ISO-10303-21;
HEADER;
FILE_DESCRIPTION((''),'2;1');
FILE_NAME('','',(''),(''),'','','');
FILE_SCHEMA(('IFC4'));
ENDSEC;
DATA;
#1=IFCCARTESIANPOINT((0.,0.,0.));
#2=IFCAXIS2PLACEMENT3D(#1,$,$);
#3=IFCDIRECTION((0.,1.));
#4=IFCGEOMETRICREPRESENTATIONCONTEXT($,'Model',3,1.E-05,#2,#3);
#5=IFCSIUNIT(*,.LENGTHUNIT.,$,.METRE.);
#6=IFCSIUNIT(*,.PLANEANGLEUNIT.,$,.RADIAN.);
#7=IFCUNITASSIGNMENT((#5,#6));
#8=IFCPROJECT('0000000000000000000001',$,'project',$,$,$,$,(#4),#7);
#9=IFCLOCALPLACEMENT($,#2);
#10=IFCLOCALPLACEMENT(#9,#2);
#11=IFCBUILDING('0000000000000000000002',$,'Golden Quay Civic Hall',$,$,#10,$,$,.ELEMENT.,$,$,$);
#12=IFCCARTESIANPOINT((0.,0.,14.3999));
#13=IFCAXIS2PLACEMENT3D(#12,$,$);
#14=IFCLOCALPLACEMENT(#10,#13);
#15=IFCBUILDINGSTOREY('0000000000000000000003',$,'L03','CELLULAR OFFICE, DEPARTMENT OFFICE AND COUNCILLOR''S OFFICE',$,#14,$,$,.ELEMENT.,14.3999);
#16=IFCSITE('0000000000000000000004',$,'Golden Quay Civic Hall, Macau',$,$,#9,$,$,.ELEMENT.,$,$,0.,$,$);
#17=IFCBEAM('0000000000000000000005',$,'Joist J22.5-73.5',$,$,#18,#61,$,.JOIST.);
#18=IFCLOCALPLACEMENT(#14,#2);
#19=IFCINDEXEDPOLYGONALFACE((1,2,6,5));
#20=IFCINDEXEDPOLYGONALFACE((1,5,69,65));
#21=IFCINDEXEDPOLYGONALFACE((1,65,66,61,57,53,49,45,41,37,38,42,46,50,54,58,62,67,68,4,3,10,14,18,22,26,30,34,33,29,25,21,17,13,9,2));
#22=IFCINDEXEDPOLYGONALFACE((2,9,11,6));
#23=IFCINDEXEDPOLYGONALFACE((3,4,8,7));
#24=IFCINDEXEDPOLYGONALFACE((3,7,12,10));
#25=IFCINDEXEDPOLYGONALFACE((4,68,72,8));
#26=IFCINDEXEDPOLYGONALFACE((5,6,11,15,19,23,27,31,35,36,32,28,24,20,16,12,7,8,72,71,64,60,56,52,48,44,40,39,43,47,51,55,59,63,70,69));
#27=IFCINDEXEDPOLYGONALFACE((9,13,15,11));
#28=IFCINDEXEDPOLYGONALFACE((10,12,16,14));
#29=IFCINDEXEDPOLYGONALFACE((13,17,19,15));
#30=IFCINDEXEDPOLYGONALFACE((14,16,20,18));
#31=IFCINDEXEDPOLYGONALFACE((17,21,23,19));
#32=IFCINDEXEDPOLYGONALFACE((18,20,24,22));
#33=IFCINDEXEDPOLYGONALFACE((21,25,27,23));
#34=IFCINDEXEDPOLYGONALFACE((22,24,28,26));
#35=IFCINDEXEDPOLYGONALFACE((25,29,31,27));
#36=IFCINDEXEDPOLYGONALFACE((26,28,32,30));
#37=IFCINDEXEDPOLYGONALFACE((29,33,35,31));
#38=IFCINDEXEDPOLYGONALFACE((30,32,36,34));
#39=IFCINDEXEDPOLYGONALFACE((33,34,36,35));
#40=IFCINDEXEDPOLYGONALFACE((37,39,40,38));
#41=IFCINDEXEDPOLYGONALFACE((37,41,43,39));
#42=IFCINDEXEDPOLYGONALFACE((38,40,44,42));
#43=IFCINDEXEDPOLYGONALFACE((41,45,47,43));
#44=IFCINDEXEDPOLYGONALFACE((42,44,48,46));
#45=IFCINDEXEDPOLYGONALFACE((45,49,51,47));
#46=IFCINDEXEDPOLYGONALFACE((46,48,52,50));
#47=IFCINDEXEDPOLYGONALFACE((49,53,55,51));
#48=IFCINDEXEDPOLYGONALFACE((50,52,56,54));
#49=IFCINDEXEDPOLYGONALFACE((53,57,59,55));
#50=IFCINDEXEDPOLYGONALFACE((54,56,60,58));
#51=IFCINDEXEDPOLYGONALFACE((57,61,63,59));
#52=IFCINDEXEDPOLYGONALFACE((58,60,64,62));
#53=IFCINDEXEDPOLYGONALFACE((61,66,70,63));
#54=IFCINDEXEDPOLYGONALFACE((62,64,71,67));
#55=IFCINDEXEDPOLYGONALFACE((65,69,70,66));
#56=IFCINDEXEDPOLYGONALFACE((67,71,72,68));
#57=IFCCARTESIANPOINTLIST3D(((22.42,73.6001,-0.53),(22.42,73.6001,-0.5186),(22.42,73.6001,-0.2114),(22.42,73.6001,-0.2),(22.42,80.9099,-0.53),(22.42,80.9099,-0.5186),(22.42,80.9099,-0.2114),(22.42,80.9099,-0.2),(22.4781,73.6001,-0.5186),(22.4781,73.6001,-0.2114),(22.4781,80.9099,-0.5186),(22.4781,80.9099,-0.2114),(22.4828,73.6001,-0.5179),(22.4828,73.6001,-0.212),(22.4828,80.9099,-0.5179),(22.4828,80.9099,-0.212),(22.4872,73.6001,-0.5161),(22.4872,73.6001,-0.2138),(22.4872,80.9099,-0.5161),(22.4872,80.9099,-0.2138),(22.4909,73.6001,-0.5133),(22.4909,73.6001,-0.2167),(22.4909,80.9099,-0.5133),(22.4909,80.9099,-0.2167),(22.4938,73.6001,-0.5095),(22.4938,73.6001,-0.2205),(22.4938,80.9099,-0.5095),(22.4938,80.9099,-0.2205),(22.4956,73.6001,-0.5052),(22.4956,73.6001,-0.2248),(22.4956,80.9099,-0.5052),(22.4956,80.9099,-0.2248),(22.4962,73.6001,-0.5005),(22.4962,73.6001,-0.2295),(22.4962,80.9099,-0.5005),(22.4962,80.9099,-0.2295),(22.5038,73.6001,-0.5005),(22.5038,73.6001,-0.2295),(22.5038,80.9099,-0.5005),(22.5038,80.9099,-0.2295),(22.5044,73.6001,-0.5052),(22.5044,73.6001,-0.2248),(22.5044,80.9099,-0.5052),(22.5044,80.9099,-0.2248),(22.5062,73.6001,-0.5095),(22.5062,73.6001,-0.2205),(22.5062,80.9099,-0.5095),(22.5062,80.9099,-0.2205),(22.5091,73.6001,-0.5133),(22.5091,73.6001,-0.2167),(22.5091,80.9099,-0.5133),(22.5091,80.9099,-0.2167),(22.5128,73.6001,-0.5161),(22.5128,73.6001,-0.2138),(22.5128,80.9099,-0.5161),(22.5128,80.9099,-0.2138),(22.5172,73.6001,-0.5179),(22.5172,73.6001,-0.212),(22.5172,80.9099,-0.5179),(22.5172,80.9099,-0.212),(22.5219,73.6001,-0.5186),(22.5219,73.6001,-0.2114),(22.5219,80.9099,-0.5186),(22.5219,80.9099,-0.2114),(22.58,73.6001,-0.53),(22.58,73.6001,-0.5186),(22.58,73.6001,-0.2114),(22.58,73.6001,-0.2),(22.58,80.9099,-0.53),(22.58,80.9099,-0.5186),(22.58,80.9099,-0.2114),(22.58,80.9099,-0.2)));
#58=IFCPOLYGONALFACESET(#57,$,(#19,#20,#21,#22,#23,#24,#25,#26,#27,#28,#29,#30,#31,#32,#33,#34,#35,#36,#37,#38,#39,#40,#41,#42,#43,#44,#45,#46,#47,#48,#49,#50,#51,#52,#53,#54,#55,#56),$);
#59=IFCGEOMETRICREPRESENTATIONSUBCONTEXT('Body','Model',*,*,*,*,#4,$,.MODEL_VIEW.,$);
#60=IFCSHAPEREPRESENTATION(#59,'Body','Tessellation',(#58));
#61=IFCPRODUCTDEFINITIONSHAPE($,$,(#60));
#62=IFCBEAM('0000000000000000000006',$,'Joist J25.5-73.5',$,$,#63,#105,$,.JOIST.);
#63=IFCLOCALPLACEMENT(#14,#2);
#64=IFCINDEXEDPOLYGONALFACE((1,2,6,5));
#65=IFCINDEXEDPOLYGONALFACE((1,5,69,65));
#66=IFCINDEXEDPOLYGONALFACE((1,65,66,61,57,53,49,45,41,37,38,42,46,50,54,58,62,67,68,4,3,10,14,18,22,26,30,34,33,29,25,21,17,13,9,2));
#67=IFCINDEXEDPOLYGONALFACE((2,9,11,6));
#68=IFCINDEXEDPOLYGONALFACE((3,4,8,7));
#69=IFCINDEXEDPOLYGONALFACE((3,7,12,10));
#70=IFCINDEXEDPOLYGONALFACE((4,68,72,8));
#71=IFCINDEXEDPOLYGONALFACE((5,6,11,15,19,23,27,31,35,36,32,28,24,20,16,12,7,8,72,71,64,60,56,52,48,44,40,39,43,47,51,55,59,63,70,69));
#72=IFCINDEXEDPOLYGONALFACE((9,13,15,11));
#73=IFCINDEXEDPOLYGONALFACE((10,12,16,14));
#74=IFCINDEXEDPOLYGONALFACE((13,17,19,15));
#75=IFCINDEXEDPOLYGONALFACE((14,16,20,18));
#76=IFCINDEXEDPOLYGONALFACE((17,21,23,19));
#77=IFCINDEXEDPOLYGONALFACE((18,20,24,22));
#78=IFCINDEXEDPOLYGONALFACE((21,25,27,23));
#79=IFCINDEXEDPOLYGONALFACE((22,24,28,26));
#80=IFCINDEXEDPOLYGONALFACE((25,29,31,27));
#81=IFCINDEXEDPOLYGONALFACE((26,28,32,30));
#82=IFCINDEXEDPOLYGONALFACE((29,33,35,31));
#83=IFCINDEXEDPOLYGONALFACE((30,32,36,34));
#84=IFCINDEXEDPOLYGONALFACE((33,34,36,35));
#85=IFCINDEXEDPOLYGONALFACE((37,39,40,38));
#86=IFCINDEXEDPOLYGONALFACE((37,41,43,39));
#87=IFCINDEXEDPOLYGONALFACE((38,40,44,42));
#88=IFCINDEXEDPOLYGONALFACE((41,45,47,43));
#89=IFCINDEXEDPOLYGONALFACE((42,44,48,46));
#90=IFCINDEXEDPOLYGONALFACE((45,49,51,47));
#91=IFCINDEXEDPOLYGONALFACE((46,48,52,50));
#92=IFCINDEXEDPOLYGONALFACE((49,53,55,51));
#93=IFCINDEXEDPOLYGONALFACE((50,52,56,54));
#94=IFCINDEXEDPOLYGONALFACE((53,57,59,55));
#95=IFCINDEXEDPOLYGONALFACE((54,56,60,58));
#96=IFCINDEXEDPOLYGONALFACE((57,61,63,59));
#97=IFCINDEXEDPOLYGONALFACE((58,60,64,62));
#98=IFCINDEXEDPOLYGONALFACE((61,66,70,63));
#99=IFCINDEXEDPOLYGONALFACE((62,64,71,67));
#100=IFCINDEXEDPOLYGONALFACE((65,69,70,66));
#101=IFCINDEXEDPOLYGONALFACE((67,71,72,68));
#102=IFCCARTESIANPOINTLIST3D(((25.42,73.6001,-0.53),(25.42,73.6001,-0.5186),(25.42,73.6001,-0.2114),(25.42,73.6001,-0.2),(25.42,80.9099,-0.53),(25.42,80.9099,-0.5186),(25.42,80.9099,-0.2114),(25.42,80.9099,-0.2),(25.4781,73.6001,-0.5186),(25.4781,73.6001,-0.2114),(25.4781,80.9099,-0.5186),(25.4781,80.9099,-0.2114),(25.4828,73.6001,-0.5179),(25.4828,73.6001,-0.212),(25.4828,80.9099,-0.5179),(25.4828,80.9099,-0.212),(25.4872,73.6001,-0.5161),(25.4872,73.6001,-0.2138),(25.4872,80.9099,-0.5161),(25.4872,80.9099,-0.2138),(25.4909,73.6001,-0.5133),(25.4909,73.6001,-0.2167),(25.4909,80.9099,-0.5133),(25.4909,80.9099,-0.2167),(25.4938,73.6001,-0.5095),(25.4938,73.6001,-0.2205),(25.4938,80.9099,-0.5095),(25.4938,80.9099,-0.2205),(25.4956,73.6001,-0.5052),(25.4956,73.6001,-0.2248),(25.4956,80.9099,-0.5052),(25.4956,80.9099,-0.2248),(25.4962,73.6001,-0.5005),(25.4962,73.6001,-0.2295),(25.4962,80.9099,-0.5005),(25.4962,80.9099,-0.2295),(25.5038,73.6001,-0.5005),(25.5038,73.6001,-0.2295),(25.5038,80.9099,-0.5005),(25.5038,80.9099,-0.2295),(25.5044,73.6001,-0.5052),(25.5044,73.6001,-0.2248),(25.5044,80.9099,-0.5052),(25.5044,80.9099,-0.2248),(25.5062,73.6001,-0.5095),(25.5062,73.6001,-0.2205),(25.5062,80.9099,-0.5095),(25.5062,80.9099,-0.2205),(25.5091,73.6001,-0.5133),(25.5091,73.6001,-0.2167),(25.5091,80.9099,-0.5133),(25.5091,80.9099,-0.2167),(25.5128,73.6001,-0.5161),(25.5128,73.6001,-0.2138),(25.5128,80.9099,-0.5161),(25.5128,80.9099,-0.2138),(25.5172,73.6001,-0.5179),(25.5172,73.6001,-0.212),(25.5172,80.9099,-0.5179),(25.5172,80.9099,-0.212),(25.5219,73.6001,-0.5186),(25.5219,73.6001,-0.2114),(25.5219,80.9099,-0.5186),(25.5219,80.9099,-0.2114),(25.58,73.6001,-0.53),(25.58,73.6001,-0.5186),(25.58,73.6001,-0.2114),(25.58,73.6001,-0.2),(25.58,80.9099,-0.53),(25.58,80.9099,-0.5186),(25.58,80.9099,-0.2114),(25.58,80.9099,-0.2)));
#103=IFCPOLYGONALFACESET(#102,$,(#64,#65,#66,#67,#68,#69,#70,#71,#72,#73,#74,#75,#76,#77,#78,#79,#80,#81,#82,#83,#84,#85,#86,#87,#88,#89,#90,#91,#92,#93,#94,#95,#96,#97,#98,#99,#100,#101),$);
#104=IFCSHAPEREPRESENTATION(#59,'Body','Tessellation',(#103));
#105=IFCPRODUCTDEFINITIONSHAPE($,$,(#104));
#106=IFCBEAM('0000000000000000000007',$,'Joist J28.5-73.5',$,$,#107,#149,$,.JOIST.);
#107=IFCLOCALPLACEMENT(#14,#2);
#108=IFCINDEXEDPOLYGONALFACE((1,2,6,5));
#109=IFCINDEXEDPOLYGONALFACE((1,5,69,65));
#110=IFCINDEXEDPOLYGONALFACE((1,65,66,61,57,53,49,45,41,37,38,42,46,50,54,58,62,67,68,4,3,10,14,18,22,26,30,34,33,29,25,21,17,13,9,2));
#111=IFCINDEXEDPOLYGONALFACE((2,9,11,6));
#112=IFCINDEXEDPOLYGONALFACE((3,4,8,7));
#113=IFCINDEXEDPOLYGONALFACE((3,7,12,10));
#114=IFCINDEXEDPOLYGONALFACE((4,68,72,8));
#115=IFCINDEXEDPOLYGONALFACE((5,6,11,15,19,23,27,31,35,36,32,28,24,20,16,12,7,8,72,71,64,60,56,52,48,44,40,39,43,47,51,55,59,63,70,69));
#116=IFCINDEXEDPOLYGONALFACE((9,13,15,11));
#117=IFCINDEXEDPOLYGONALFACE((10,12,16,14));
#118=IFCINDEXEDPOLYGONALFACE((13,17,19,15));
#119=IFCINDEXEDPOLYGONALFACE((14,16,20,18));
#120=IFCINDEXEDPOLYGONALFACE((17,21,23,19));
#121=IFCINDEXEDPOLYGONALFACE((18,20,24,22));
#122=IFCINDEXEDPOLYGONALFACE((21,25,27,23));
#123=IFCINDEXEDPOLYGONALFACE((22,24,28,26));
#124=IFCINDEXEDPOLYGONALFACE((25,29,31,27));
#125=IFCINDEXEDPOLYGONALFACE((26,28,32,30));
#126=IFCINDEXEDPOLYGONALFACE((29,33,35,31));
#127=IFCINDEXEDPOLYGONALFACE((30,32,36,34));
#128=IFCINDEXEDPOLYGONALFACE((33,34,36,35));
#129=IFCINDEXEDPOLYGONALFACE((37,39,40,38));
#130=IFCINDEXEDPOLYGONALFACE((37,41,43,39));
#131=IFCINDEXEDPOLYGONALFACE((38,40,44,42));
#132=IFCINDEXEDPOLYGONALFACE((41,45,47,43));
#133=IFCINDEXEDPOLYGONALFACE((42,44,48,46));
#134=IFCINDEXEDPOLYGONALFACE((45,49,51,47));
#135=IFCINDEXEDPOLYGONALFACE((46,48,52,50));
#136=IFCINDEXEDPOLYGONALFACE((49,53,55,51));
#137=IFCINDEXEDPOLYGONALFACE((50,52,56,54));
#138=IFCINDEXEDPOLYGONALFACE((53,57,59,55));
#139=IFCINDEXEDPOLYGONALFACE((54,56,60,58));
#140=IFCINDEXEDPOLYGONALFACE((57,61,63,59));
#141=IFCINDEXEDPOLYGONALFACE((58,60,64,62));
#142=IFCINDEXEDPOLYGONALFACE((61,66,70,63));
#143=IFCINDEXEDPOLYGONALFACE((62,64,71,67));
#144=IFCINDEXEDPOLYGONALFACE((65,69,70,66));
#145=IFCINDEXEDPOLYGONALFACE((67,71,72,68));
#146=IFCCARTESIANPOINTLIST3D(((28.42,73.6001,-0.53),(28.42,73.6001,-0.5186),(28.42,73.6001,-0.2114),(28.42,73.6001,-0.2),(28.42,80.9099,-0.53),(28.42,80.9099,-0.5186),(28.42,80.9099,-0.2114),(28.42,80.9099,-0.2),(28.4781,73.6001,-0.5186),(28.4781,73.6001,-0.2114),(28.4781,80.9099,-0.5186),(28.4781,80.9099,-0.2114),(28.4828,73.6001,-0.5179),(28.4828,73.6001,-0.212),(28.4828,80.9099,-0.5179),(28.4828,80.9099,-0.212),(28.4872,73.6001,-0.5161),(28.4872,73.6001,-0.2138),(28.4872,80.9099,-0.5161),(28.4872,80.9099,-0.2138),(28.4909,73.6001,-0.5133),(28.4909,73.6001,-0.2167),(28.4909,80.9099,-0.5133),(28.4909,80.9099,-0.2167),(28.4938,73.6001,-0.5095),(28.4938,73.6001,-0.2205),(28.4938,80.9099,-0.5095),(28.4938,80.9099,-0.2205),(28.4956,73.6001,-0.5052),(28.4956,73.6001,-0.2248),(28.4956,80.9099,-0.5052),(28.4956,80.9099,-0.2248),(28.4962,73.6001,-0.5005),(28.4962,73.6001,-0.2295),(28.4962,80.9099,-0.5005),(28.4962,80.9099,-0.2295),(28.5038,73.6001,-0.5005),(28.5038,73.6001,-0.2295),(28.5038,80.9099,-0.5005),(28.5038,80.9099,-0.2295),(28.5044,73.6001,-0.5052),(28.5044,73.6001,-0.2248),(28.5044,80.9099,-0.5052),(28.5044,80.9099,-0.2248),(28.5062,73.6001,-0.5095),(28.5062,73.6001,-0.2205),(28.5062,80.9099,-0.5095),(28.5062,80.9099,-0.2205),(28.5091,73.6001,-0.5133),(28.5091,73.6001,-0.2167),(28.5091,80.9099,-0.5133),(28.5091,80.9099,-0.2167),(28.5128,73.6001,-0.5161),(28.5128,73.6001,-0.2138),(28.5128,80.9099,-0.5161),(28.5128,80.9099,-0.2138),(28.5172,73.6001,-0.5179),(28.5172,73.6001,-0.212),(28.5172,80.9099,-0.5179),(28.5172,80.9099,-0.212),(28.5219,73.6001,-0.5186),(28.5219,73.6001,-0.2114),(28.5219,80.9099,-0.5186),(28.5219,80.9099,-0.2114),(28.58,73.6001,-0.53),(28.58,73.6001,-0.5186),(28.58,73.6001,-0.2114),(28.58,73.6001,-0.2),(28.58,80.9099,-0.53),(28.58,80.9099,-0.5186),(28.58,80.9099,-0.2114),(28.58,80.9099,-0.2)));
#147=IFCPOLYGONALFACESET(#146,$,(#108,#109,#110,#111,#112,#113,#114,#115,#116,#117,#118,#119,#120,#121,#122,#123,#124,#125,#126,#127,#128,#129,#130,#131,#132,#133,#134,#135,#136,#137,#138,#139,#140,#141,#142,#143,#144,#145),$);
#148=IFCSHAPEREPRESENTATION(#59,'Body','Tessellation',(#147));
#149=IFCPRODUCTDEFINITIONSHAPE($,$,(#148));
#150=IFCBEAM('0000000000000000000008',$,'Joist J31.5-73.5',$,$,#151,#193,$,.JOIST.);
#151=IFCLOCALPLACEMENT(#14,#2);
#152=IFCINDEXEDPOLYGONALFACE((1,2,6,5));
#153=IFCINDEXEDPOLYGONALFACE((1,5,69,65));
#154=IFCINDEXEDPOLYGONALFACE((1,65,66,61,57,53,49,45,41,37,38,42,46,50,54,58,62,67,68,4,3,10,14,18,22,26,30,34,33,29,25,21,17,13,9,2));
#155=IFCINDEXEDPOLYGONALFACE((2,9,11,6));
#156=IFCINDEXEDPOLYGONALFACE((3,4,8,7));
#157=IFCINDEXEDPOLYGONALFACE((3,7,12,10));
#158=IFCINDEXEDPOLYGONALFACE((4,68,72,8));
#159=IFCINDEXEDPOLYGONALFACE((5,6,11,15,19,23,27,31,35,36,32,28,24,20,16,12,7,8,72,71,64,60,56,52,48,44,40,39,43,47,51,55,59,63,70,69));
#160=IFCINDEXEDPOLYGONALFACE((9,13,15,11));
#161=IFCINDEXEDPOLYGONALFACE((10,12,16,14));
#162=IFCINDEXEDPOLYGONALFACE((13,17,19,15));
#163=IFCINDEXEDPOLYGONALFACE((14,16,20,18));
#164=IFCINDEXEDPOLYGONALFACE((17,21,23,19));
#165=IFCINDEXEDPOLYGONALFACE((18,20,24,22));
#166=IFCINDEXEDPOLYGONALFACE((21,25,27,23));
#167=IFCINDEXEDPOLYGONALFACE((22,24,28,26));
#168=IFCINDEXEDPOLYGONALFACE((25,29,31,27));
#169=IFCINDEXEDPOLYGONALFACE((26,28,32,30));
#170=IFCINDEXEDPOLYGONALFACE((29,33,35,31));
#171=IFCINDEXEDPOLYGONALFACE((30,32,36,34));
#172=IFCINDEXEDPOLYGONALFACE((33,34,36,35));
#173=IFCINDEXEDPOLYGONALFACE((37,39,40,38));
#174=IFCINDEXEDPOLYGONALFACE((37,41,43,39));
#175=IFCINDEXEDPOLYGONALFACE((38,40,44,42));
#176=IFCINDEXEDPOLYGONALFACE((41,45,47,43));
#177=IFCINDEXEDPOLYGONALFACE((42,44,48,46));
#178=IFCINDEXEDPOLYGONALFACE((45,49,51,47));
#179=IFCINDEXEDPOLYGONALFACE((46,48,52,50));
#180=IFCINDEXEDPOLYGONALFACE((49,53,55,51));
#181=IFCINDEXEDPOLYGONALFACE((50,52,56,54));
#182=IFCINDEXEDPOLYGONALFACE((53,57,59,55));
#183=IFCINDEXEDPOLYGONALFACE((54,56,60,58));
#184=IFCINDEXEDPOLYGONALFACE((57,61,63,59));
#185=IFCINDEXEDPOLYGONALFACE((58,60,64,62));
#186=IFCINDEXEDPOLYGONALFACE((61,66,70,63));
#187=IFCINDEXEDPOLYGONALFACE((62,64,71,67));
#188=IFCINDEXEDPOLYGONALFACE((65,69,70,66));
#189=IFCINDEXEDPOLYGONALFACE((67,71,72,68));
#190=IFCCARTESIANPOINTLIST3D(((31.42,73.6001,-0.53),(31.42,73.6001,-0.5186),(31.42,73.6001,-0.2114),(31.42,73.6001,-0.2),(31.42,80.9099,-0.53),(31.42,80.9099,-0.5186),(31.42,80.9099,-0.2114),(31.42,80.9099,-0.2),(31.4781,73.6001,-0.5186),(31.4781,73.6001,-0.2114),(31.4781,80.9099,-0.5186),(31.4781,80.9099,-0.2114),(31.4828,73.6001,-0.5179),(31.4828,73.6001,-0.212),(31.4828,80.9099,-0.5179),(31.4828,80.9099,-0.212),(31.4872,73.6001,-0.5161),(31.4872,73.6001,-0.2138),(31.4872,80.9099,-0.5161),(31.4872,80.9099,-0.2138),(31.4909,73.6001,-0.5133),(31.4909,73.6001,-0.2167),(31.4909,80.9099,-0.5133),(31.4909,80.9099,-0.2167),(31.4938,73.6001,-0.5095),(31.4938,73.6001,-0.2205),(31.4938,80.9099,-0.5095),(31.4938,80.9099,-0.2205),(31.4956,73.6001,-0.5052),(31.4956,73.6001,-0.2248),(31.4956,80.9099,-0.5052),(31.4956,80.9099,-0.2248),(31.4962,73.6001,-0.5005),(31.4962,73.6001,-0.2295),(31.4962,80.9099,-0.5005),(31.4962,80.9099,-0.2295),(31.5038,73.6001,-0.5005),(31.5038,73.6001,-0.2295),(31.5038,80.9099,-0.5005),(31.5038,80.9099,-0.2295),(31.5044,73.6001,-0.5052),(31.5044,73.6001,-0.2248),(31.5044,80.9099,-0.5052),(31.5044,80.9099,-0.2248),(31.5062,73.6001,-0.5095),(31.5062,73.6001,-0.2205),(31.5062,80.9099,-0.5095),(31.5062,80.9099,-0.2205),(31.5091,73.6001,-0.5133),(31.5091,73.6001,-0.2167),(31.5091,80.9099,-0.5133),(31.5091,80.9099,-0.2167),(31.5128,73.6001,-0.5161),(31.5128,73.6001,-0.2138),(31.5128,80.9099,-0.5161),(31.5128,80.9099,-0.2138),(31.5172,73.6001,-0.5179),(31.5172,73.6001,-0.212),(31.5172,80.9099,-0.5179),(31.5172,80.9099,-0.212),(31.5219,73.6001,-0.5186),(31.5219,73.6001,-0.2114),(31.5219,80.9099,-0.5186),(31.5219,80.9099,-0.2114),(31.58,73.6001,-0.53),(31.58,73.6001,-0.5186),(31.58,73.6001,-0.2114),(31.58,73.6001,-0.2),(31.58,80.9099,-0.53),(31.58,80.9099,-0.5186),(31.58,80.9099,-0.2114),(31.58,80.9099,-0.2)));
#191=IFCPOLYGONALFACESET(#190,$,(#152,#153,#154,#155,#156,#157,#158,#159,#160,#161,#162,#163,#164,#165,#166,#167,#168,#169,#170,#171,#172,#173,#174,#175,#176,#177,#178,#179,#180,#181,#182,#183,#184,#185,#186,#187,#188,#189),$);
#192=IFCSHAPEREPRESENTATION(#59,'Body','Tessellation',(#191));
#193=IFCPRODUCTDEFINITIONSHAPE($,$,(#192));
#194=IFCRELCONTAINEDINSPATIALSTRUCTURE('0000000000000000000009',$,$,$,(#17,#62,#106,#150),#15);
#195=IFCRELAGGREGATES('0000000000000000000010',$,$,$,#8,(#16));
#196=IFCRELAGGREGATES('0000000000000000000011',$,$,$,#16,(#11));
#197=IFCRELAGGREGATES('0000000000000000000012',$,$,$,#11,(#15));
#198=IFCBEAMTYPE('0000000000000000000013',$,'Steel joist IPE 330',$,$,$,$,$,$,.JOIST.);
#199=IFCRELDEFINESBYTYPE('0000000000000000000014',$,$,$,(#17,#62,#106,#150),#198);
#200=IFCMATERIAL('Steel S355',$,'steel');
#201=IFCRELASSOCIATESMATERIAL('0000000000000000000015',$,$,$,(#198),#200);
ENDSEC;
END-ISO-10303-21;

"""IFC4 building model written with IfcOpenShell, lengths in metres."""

from ifc_helpers import new_model, si_unit, direction, frame, origin, origin_2d, place, context, subcontext, project, spatial, i_section, extrude, material, material_profile, profile_set, type_object, element, save


model = new_model("IFC4")

# Units and contexts
model_context = context("Model", 3, precision=1e-05, world=origin(), true_north=direction((0.0, 1.0)))
body_context = subcontext(model_context, "Body", "Model", "MODEL_VIEW")
ifc_project = project(units=[si_unit("LENGTHUNIT", "METRE"), si_unit("PLANEANGLEUNIT", "RADIAN")], contexts=[model_context])

# Site, building, storey
site_placement = place(None, origin())
site = spatial("IfcSite", under=ifc_project, at=site_placement, Name="Golden Quay Civic Hall, Macau", CompositionType="ELEMENT", RefElevation=0.0)
building_placement = place(site_placement, origin())
building = spatial("IfcBuilding", under=site, at=building_placement, Name="Golden Quay Civic Hall", CompositionType="ELEMENT")
storey_placement = place(building_placement, frame((0.0, 0.0, 14.3999)))
storey = spatial("IfcBuildingStorey", under=building, at=storey_placement, Name="L03", Description="CELLULAR OFFICE, DEPARTMENT OFFICE AND COUNCILLOR'S OFFICE", CompositionType="ELEMENT", Elevation=14.3999)

# Beams
ifc_material_1 = material(Name="Steel S355", Category="steel")
ifc_material_profile_1 = material_profile(ifc_material_1, i_section(OverallWidth=0.1599, OverallDepth=0.3301, WebThickness=0.0076, FlangeThickness=0.0115, FilletRadius=0.0181, at=origin_2d()), Name="IPE 330")
ifc_profile_set_1 = profile_set([ifc_material_profile_1], Name="Steel S355")
beam_type_1 = type_object("IfcBeamType", Name="Steel joist IPE 330", PredefinedType="JOIST", material=ifc_profile_set_1)
for number, where, z_axis, x_axis, name in (
    (1, (22.5, 73.6001, -0.365), (0.0, 1.0, 0.0), (-1.0, 0.0, 0.0), "Joist J22.5-73.5"),
    (2, (25.5, 73.6001, -0.365), (0.0, 1.0, 0.0), (-1.0, 0.0, 0.0), "Joist J25.5-73.5"),
    (3, (28.5, 73.6001, -0.365), (0.0, 1.0, 0.0), (-1.0, 0.0, 0.0), "Joist J28.5-73.5"),
    (4, (31.5, 73.6001, -0.365), (0.0, 1.0, 0.0), (-1.0, 0.0, 0.0), "Joist J31.5-73.5"),
):
    element("IfcBeam", number, at=place(storey_placement, frame(where, z_axis=z_axis, x_axis=x_axis)), inside=storey, type_object=beam_type_1, Name=name, PredefinedType="JOIST", context=body_context, shape_type="SweptSolid", body=[
        extrude(i_section(OverallWidth=0.1599, OverallDepth=0.3301, WebThickness=0.0076, FlangeThickness=0.0115, FilletRadius=0.0181, at=origin_2d()), origin(), (0.0, 0.0, 1.0), 7.3098),
    ])

save(model, "model.ifc")
